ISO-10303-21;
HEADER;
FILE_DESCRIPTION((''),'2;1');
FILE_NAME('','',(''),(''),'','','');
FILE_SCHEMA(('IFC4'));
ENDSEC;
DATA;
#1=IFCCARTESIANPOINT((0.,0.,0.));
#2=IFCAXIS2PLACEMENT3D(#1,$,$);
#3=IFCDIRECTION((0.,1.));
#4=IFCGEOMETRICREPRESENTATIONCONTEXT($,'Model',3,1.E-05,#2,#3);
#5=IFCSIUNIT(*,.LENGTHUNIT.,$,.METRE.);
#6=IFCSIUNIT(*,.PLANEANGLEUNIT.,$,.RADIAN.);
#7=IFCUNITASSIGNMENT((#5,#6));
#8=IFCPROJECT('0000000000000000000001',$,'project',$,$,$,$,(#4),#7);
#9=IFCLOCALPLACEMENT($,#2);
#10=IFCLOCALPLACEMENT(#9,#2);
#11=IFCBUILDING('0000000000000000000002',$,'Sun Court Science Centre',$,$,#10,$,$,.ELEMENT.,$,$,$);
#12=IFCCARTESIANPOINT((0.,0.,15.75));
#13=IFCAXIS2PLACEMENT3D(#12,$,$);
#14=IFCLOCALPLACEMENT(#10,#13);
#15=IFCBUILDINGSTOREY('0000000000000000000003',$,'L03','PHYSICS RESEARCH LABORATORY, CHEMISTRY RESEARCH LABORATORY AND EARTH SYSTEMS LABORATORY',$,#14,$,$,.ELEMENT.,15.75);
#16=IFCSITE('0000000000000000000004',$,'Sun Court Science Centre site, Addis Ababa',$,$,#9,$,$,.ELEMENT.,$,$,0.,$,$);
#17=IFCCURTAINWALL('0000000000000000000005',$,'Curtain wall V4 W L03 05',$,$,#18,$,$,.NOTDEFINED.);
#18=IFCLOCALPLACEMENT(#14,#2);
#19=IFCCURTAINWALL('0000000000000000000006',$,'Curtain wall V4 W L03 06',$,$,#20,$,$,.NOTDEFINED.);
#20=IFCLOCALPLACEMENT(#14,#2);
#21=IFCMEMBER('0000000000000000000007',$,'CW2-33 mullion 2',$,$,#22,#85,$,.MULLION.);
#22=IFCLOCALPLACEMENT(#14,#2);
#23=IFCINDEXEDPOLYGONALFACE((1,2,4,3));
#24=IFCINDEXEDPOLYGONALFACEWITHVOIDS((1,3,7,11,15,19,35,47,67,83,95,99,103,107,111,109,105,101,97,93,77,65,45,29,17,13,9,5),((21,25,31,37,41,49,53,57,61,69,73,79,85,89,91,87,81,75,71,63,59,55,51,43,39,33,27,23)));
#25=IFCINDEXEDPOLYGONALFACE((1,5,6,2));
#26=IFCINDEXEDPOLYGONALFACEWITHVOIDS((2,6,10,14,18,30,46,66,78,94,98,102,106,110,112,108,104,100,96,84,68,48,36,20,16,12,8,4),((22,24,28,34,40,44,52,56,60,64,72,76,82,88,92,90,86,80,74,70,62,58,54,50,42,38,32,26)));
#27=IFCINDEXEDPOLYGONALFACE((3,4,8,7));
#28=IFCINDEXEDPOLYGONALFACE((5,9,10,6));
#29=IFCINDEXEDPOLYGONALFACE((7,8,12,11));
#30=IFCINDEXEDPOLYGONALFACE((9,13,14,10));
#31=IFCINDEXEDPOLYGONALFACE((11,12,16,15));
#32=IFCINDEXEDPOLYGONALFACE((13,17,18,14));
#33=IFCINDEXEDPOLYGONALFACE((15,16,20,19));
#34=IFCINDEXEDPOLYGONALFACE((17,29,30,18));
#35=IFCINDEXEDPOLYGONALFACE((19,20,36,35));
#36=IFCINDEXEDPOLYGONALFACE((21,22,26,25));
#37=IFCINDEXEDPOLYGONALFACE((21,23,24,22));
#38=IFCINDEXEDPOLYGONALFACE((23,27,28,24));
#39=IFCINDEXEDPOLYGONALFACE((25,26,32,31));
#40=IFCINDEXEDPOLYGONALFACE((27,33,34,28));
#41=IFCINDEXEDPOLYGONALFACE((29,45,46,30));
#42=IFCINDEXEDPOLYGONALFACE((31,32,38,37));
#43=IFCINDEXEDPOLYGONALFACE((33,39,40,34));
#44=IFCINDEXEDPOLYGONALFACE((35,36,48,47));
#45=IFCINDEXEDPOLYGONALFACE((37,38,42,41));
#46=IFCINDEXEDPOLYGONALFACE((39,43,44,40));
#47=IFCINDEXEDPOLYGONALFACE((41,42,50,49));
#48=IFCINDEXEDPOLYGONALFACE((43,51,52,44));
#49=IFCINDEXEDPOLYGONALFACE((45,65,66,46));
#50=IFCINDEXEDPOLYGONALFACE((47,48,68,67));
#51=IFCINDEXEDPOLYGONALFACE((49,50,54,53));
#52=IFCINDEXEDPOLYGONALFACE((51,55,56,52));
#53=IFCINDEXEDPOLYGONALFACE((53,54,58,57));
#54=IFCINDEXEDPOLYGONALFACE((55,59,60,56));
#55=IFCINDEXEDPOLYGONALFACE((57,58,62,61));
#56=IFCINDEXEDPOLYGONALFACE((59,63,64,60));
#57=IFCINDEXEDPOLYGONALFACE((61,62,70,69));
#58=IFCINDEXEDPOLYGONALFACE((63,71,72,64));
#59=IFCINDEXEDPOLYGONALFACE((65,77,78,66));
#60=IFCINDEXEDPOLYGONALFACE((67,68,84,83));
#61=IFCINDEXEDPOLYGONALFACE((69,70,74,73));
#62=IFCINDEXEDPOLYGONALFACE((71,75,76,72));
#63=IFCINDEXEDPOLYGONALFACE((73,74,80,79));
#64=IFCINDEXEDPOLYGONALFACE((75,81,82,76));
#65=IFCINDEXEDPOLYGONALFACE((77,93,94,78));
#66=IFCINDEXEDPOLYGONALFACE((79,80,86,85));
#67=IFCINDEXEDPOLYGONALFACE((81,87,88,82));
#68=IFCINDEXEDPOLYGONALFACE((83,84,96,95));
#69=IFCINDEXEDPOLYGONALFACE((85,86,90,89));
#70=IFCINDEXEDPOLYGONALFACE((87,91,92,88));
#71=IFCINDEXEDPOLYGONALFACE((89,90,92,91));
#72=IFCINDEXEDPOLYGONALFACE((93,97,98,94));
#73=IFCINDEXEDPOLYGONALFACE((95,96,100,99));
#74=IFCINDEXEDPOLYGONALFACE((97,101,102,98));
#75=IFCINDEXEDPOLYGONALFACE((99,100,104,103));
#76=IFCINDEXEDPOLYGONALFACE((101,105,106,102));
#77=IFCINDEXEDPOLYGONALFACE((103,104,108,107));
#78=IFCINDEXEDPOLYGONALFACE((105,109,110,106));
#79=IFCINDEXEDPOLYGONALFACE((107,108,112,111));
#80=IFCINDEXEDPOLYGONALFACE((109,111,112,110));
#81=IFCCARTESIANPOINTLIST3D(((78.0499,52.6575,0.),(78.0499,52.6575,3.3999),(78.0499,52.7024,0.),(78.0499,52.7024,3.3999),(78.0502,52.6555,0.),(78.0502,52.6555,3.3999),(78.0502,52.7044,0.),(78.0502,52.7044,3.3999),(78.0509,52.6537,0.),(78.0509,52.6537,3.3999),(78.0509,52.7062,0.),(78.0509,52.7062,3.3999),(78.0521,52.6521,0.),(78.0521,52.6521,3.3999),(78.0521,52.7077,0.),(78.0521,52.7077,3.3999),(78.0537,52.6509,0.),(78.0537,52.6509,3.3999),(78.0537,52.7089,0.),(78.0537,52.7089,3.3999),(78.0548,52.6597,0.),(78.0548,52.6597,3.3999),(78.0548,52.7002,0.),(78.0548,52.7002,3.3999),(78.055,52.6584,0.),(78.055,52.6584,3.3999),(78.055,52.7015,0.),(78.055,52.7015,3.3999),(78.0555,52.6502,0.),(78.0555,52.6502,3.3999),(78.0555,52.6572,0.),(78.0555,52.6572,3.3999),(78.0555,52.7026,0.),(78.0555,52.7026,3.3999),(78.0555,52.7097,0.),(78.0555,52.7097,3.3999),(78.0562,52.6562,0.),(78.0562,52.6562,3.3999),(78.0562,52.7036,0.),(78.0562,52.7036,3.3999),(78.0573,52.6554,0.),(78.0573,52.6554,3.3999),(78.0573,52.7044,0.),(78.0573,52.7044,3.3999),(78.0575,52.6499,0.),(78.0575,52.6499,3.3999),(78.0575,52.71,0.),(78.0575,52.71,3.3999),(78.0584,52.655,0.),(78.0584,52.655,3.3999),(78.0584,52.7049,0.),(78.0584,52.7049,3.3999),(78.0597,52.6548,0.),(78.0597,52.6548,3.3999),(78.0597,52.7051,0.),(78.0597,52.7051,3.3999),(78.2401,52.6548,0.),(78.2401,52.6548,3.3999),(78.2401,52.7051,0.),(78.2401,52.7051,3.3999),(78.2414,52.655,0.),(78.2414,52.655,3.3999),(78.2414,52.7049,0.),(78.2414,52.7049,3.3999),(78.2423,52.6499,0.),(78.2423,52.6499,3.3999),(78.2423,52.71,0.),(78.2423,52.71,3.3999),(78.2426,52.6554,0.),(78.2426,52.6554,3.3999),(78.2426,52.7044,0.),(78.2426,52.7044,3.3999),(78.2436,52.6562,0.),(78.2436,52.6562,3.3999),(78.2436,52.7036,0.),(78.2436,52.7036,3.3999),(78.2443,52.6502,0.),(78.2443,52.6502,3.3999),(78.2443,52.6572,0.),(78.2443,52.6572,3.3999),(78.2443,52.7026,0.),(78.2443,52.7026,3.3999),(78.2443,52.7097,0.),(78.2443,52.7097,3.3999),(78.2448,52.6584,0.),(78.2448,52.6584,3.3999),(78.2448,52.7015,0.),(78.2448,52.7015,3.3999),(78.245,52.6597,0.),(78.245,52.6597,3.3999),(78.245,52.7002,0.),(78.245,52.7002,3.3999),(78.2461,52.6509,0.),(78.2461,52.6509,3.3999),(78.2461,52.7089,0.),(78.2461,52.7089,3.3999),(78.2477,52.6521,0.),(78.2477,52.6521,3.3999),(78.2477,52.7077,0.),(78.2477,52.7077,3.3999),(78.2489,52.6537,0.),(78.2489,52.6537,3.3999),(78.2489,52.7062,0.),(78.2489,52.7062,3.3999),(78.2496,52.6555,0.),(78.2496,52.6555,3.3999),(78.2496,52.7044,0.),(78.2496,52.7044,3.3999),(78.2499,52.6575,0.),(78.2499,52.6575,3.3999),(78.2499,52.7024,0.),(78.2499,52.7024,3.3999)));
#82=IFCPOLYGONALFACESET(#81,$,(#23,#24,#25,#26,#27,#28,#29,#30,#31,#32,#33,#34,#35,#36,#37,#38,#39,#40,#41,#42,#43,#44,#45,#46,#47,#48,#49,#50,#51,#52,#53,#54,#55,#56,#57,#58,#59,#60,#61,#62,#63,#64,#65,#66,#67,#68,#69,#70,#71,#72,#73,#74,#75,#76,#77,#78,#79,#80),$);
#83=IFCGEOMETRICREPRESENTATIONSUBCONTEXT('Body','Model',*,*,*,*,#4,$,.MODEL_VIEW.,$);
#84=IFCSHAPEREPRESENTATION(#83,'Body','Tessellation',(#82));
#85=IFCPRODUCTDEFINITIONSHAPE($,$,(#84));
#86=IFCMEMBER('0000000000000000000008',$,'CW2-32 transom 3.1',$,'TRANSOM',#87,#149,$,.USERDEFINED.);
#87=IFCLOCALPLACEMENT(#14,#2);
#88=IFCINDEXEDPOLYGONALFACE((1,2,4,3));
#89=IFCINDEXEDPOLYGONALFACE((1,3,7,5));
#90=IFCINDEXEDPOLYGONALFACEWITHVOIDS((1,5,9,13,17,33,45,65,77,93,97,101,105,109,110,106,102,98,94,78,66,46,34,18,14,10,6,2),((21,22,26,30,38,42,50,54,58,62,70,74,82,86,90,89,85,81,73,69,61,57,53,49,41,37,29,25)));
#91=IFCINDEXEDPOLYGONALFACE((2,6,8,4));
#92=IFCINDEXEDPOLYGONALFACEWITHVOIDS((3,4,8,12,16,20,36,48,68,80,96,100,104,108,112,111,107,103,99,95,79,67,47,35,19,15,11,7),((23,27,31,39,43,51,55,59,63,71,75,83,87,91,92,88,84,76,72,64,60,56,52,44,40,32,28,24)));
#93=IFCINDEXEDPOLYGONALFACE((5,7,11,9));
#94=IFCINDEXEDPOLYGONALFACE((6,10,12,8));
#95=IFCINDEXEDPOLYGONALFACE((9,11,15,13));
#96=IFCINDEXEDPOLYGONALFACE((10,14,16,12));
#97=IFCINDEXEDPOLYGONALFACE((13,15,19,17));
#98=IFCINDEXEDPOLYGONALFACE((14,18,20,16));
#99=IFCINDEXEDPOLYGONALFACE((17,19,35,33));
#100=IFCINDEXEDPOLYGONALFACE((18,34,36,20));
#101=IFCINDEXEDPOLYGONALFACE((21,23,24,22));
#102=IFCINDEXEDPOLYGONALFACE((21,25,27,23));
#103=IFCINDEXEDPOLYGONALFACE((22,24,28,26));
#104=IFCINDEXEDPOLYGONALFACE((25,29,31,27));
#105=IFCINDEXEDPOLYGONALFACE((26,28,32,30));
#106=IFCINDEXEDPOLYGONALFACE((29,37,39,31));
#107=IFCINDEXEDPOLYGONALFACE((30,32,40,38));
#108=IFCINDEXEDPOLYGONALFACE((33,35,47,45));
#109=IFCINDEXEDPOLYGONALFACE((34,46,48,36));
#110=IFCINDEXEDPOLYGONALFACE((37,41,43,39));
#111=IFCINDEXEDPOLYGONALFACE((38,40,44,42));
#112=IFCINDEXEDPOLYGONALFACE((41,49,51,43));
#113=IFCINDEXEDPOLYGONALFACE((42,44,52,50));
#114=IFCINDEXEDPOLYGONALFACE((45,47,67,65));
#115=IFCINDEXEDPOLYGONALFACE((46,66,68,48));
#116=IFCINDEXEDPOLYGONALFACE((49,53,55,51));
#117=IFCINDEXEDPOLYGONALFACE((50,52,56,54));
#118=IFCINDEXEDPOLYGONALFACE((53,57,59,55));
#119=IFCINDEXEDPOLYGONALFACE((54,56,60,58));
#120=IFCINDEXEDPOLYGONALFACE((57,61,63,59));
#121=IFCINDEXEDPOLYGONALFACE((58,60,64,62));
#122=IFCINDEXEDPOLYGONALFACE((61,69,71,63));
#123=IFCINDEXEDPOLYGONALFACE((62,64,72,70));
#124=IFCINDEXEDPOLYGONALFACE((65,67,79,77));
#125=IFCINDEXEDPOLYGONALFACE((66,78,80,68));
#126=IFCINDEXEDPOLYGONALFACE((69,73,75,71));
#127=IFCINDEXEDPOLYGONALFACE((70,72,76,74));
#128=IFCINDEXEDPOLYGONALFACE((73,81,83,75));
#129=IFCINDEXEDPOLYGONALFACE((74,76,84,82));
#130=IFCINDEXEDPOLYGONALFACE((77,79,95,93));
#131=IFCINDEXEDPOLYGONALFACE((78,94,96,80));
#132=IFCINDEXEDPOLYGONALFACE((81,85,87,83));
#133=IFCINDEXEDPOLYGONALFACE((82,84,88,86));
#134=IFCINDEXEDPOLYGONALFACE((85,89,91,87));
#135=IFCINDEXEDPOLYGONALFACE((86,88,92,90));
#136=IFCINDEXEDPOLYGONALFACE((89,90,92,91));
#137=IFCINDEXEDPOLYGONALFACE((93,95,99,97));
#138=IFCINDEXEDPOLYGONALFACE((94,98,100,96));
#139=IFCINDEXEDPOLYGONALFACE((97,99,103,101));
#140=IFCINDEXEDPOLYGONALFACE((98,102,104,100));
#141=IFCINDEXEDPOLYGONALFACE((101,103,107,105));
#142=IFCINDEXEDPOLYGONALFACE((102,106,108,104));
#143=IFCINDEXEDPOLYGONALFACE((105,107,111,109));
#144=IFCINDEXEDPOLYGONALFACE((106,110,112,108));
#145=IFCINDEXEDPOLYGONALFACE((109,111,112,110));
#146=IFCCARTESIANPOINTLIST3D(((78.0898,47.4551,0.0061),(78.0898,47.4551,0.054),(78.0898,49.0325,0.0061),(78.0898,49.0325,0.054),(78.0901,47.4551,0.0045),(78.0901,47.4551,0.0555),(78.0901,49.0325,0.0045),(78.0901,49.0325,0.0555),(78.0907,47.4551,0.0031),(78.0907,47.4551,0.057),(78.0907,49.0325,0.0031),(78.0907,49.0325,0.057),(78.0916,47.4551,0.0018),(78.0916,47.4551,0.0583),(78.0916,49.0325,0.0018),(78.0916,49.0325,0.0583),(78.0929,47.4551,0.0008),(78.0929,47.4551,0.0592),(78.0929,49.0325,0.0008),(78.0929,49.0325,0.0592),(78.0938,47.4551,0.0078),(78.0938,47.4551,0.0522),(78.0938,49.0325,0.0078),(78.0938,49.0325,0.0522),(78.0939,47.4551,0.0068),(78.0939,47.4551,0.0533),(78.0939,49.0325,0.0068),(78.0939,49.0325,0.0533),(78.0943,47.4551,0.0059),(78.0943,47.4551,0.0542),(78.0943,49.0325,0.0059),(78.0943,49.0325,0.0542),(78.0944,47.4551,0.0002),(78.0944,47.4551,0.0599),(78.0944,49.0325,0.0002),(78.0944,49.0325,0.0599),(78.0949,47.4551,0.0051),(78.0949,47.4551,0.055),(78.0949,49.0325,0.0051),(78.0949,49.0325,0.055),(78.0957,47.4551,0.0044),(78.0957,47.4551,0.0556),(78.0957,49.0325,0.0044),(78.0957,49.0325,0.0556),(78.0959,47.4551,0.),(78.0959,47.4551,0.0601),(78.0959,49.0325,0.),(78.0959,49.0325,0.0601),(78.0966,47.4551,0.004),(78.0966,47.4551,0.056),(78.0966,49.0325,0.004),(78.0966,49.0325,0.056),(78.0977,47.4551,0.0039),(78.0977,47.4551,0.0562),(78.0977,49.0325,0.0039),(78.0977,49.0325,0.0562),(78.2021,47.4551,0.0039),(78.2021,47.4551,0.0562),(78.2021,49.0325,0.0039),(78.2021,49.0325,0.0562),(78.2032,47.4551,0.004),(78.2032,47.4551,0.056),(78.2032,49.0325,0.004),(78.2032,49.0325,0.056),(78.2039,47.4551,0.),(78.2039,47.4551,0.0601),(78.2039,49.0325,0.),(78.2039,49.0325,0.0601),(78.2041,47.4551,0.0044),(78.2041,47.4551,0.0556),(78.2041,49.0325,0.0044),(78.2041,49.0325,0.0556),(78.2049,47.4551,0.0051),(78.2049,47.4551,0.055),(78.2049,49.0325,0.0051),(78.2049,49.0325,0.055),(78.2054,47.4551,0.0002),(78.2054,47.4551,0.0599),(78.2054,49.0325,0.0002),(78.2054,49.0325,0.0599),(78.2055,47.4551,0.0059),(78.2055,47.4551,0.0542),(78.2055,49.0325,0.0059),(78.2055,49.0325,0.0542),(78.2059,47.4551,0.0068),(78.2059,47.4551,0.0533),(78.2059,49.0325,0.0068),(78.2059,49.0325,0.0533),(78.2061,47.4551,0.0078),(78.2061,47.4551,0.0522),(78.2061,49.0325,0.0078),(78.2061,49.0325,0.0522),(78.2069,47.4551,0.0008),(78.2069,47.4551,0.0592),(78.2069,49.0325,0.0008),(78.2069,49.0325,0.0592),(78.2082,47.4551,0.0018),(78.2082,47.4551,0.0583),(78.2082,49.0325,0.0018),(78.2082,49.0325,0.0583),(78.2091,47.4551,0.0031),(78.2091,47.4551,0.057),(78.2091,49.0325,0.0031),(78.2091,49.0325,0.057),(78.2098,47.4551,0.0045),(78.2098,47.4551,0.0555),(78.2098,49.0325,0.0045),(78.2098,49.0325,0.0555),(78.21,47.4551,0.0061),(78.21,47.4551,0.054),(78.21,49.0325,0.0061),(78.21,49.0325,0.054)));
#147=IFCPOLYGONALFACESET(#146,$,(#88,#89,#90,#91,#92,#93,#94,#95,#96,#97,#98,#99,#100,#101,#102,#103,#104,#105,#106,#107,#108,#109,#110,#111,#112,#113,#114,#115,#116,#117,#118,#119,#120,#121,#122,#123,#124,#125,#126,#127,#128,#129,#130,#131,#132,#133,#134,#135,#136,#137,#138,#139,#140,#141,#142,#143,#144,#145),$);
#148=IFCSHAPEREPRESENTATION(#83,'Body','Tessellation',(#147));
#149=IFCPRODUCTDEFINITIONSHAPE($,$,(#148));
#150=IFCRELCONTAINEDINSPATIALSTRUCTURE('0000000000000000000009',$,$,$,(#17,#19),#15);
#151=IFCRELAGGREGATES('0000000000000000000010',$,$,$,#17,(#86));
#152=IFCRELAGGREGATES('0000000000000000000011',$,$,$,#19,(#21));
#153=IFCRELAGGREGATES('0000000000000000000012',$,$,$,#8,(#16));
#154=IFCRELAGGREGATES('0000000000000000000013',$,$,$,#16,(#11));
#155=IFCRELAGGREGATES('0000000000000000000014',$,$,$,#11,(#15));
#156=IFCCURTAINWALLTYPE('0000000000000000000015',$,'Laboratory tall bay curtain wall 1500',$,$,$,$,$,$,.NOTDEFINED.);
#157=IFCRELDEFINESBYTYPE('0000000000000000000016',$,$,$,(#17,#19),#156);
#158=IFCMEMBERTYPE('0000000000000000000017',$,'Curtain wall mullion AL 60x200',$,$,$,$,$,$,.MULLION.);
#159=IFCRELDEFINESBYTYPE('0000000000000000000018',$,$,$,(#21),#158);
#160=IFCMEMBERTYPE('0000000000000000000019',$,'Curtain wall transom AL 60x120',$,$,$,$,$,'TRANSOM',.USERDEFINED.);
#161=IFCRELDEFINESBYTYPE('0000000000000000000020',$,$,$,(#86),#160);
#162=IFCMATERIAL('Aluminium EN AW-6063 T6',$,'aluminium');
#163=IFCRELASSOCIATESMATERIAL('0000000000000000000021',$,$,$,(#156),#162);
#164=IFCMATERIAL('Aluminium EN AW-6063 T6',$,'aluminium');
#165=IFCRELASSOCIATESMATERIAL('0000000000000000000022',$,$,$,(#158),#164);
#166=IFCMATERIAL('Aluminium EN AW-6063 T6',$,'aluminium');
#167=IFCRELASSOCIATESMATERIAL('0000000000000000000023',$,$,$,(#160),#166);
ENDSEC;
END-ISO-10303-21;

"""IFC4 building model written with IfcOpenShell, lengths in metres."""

from ifc_helpers import new_model, si_unit, direction, frame, origin, origin_2d, place, context, subcontext, project, spatial, hollow_rectangle, extrude, material, material_profile, profile_set, type_object, element, aggregate, save


model = new_model("IFC4")

# Units and contexts
model_context = context("Model", 3, precision=1e-05, world=origin(), true_north=direction((0.0, 1.0)))
body_context = subcontext(model_context, "Body", "Model", "MODEL_VIEW")
ifc_project = project(units=[si_unit("LENGTHUNIT", "METRE"), si_unit("PLANEANGLEUNIT", "RADIAN")], contexts=[model_context])

# Site, building, storey
site_placement = place(None, origin())
site = spatial("IfcSite", under=ifc_project, at=site_placement, Name="Sun Court Science Centre site, Addis Ababa", CompositionType="ELEMENT", RefElevation=0.0)
building_placement = place(site_placement, origin())
building = spatial("IfcBuilding", under=site, at=building_placement, Name="Sun Court Science Centre", CompositionType="ELEMENT")
storey_placement = place(building_placement, frame((0.0, 0.0, 15.75)))
storey = spatial("IfcBuildingStorey", under=building, at=storey_placement, Name="L03", Description="PHYSICS RESEARCH LABORATORY, CHEMISTRY RESEARCH LABORATORY AND EARTH SYSTEMS LABORATORY", CompositionType="ELEMENT", Elevation=15.75)

# Curtain walls, member
ifc_material_1 = material(Name="Aluminium EN AW-6063 T6", Category="aluminium")
curtain_wall_type = type_object("IfcCurtainWallType", Name="Laboratory tall bay curtain wall 1500", PredefinedType="NOTDEFINED", material=ifc_material_1)
curtain_wall_1_placement = place(storey_placement, origin())
curtain_wall_1 = element("IfcCurtainWall", 1, at=curtain_wall_1_placement, inside=storey, type_object=curtain_wall_type, Name="Curtain wall V4 W L03 05", PredefinedType="NOTDEFINED")
ifc_material_2 = material(Name="Aluminium EN AW-6063 T6", Category="aluminium")
ifc_material_profile_1 = material_profile(ifc_material_2, hollow_rectangle(XDim=0.0601, YDim=0.2, WallThickness=0.0049, InnerFilletRadius=0.0049, OuterFilletRadius=0.0076, at=origin_2d()), Name="AL 60x200x5")
ifc_profile_set_1 = profile_set([ifc_material_profile_1], Name="Aluminium EN AW-6063 T6")
member_type_1 = type_object("IfcMemberType", Name="Curtain wall mullion AL 60x200", PredefinedType="MULLION", material=ifc_profile_set_1)
curtain_wall_2_placement = place(storey_placement, origin())
curtain_wall_2 = element("IfcCurtainWall", 2, at=curtain_wall_2_placement, inside=storey, type_object=curtain_wall_type, Name="Curtain wall V4 W L03 06", PredefinedType="NOTDEFINED")
member_1_placement = place(storey_placement, frame((78.1499, 52.6799, 0.0), z_axis=(0.0, 0.0, 1.0), x_axis=(0.0, 1.0, 0.0)))
member_1 = element("IfcMember", 3, at=member_1_placement, type_object=member_type_1, Name="CW2-33 mullion 2", PredefinedType="MULLION", context=body_context, shape_type="SweptSolid", body=[
    extrude(hollow_rectangle(XDim=0.0601, YDim=0.2, WallThickness=0.0049, InnerFilletRadius=0.0049, OuterFilletRadius=0.0076, at=origin_2d()), origin(), (0.0, 0.0, 1.0), 3.3999),
])

# Member
ifc_material_3 = material(Name="Aluminium EN AW-6063 T6", Category="aluminium")
ifc_material_profile_2 = material_profile(ifc_material_3, hollow_rectangle(XDim=0.0601, YDim=0.1201, WallThickness=0.0039, InnerFilletRadius=0.0039, OuterFilletRadius=0.0061, at=origin_2d()), Name="AL 60x120x4")
ifc_profile_set_2 = profile_set([ifc_material_profile_2], Name="Aluminium EN AW-6063 T6")
member_type_2 = type_object("IfcMemberType", Name="Curtain wall transom AL 60x120", ElementType="TRANSOM", PredefinedType="USERDEFINED", material=ifc_profile_set_2)
member_2_placement = place(storey_placement, frame((78.1499, 47.4551, 0.03), z_axis=(0.0, 1.0, 0.0), x_axis=(0.0, 0.0, 1.0)))
member_2 = element("IfcMember", 4, at=member_2_placement, type_object=member_type_2, Name="CW2-32 transom 3.1", ObjectType="TRANSOM", PredefinedType="USERDEFINED", context=body_context, shape_type="SweptSolid", body=[
    extrude(hollow_rectangle(XDim=0.0601, YDim=0.1201, WallThickness=0.0039, InnerFilletRadius=0.0039, OuterFilletRadius=0.0061, at=origin_2d()), origin(), (0.0, 0.0, 1.0), 1.5774),
])

aggregate(curtain_wall_1, [member_2])
aggregate(curtain_wall_2, [member_1])

save(model, "model.ifc")
